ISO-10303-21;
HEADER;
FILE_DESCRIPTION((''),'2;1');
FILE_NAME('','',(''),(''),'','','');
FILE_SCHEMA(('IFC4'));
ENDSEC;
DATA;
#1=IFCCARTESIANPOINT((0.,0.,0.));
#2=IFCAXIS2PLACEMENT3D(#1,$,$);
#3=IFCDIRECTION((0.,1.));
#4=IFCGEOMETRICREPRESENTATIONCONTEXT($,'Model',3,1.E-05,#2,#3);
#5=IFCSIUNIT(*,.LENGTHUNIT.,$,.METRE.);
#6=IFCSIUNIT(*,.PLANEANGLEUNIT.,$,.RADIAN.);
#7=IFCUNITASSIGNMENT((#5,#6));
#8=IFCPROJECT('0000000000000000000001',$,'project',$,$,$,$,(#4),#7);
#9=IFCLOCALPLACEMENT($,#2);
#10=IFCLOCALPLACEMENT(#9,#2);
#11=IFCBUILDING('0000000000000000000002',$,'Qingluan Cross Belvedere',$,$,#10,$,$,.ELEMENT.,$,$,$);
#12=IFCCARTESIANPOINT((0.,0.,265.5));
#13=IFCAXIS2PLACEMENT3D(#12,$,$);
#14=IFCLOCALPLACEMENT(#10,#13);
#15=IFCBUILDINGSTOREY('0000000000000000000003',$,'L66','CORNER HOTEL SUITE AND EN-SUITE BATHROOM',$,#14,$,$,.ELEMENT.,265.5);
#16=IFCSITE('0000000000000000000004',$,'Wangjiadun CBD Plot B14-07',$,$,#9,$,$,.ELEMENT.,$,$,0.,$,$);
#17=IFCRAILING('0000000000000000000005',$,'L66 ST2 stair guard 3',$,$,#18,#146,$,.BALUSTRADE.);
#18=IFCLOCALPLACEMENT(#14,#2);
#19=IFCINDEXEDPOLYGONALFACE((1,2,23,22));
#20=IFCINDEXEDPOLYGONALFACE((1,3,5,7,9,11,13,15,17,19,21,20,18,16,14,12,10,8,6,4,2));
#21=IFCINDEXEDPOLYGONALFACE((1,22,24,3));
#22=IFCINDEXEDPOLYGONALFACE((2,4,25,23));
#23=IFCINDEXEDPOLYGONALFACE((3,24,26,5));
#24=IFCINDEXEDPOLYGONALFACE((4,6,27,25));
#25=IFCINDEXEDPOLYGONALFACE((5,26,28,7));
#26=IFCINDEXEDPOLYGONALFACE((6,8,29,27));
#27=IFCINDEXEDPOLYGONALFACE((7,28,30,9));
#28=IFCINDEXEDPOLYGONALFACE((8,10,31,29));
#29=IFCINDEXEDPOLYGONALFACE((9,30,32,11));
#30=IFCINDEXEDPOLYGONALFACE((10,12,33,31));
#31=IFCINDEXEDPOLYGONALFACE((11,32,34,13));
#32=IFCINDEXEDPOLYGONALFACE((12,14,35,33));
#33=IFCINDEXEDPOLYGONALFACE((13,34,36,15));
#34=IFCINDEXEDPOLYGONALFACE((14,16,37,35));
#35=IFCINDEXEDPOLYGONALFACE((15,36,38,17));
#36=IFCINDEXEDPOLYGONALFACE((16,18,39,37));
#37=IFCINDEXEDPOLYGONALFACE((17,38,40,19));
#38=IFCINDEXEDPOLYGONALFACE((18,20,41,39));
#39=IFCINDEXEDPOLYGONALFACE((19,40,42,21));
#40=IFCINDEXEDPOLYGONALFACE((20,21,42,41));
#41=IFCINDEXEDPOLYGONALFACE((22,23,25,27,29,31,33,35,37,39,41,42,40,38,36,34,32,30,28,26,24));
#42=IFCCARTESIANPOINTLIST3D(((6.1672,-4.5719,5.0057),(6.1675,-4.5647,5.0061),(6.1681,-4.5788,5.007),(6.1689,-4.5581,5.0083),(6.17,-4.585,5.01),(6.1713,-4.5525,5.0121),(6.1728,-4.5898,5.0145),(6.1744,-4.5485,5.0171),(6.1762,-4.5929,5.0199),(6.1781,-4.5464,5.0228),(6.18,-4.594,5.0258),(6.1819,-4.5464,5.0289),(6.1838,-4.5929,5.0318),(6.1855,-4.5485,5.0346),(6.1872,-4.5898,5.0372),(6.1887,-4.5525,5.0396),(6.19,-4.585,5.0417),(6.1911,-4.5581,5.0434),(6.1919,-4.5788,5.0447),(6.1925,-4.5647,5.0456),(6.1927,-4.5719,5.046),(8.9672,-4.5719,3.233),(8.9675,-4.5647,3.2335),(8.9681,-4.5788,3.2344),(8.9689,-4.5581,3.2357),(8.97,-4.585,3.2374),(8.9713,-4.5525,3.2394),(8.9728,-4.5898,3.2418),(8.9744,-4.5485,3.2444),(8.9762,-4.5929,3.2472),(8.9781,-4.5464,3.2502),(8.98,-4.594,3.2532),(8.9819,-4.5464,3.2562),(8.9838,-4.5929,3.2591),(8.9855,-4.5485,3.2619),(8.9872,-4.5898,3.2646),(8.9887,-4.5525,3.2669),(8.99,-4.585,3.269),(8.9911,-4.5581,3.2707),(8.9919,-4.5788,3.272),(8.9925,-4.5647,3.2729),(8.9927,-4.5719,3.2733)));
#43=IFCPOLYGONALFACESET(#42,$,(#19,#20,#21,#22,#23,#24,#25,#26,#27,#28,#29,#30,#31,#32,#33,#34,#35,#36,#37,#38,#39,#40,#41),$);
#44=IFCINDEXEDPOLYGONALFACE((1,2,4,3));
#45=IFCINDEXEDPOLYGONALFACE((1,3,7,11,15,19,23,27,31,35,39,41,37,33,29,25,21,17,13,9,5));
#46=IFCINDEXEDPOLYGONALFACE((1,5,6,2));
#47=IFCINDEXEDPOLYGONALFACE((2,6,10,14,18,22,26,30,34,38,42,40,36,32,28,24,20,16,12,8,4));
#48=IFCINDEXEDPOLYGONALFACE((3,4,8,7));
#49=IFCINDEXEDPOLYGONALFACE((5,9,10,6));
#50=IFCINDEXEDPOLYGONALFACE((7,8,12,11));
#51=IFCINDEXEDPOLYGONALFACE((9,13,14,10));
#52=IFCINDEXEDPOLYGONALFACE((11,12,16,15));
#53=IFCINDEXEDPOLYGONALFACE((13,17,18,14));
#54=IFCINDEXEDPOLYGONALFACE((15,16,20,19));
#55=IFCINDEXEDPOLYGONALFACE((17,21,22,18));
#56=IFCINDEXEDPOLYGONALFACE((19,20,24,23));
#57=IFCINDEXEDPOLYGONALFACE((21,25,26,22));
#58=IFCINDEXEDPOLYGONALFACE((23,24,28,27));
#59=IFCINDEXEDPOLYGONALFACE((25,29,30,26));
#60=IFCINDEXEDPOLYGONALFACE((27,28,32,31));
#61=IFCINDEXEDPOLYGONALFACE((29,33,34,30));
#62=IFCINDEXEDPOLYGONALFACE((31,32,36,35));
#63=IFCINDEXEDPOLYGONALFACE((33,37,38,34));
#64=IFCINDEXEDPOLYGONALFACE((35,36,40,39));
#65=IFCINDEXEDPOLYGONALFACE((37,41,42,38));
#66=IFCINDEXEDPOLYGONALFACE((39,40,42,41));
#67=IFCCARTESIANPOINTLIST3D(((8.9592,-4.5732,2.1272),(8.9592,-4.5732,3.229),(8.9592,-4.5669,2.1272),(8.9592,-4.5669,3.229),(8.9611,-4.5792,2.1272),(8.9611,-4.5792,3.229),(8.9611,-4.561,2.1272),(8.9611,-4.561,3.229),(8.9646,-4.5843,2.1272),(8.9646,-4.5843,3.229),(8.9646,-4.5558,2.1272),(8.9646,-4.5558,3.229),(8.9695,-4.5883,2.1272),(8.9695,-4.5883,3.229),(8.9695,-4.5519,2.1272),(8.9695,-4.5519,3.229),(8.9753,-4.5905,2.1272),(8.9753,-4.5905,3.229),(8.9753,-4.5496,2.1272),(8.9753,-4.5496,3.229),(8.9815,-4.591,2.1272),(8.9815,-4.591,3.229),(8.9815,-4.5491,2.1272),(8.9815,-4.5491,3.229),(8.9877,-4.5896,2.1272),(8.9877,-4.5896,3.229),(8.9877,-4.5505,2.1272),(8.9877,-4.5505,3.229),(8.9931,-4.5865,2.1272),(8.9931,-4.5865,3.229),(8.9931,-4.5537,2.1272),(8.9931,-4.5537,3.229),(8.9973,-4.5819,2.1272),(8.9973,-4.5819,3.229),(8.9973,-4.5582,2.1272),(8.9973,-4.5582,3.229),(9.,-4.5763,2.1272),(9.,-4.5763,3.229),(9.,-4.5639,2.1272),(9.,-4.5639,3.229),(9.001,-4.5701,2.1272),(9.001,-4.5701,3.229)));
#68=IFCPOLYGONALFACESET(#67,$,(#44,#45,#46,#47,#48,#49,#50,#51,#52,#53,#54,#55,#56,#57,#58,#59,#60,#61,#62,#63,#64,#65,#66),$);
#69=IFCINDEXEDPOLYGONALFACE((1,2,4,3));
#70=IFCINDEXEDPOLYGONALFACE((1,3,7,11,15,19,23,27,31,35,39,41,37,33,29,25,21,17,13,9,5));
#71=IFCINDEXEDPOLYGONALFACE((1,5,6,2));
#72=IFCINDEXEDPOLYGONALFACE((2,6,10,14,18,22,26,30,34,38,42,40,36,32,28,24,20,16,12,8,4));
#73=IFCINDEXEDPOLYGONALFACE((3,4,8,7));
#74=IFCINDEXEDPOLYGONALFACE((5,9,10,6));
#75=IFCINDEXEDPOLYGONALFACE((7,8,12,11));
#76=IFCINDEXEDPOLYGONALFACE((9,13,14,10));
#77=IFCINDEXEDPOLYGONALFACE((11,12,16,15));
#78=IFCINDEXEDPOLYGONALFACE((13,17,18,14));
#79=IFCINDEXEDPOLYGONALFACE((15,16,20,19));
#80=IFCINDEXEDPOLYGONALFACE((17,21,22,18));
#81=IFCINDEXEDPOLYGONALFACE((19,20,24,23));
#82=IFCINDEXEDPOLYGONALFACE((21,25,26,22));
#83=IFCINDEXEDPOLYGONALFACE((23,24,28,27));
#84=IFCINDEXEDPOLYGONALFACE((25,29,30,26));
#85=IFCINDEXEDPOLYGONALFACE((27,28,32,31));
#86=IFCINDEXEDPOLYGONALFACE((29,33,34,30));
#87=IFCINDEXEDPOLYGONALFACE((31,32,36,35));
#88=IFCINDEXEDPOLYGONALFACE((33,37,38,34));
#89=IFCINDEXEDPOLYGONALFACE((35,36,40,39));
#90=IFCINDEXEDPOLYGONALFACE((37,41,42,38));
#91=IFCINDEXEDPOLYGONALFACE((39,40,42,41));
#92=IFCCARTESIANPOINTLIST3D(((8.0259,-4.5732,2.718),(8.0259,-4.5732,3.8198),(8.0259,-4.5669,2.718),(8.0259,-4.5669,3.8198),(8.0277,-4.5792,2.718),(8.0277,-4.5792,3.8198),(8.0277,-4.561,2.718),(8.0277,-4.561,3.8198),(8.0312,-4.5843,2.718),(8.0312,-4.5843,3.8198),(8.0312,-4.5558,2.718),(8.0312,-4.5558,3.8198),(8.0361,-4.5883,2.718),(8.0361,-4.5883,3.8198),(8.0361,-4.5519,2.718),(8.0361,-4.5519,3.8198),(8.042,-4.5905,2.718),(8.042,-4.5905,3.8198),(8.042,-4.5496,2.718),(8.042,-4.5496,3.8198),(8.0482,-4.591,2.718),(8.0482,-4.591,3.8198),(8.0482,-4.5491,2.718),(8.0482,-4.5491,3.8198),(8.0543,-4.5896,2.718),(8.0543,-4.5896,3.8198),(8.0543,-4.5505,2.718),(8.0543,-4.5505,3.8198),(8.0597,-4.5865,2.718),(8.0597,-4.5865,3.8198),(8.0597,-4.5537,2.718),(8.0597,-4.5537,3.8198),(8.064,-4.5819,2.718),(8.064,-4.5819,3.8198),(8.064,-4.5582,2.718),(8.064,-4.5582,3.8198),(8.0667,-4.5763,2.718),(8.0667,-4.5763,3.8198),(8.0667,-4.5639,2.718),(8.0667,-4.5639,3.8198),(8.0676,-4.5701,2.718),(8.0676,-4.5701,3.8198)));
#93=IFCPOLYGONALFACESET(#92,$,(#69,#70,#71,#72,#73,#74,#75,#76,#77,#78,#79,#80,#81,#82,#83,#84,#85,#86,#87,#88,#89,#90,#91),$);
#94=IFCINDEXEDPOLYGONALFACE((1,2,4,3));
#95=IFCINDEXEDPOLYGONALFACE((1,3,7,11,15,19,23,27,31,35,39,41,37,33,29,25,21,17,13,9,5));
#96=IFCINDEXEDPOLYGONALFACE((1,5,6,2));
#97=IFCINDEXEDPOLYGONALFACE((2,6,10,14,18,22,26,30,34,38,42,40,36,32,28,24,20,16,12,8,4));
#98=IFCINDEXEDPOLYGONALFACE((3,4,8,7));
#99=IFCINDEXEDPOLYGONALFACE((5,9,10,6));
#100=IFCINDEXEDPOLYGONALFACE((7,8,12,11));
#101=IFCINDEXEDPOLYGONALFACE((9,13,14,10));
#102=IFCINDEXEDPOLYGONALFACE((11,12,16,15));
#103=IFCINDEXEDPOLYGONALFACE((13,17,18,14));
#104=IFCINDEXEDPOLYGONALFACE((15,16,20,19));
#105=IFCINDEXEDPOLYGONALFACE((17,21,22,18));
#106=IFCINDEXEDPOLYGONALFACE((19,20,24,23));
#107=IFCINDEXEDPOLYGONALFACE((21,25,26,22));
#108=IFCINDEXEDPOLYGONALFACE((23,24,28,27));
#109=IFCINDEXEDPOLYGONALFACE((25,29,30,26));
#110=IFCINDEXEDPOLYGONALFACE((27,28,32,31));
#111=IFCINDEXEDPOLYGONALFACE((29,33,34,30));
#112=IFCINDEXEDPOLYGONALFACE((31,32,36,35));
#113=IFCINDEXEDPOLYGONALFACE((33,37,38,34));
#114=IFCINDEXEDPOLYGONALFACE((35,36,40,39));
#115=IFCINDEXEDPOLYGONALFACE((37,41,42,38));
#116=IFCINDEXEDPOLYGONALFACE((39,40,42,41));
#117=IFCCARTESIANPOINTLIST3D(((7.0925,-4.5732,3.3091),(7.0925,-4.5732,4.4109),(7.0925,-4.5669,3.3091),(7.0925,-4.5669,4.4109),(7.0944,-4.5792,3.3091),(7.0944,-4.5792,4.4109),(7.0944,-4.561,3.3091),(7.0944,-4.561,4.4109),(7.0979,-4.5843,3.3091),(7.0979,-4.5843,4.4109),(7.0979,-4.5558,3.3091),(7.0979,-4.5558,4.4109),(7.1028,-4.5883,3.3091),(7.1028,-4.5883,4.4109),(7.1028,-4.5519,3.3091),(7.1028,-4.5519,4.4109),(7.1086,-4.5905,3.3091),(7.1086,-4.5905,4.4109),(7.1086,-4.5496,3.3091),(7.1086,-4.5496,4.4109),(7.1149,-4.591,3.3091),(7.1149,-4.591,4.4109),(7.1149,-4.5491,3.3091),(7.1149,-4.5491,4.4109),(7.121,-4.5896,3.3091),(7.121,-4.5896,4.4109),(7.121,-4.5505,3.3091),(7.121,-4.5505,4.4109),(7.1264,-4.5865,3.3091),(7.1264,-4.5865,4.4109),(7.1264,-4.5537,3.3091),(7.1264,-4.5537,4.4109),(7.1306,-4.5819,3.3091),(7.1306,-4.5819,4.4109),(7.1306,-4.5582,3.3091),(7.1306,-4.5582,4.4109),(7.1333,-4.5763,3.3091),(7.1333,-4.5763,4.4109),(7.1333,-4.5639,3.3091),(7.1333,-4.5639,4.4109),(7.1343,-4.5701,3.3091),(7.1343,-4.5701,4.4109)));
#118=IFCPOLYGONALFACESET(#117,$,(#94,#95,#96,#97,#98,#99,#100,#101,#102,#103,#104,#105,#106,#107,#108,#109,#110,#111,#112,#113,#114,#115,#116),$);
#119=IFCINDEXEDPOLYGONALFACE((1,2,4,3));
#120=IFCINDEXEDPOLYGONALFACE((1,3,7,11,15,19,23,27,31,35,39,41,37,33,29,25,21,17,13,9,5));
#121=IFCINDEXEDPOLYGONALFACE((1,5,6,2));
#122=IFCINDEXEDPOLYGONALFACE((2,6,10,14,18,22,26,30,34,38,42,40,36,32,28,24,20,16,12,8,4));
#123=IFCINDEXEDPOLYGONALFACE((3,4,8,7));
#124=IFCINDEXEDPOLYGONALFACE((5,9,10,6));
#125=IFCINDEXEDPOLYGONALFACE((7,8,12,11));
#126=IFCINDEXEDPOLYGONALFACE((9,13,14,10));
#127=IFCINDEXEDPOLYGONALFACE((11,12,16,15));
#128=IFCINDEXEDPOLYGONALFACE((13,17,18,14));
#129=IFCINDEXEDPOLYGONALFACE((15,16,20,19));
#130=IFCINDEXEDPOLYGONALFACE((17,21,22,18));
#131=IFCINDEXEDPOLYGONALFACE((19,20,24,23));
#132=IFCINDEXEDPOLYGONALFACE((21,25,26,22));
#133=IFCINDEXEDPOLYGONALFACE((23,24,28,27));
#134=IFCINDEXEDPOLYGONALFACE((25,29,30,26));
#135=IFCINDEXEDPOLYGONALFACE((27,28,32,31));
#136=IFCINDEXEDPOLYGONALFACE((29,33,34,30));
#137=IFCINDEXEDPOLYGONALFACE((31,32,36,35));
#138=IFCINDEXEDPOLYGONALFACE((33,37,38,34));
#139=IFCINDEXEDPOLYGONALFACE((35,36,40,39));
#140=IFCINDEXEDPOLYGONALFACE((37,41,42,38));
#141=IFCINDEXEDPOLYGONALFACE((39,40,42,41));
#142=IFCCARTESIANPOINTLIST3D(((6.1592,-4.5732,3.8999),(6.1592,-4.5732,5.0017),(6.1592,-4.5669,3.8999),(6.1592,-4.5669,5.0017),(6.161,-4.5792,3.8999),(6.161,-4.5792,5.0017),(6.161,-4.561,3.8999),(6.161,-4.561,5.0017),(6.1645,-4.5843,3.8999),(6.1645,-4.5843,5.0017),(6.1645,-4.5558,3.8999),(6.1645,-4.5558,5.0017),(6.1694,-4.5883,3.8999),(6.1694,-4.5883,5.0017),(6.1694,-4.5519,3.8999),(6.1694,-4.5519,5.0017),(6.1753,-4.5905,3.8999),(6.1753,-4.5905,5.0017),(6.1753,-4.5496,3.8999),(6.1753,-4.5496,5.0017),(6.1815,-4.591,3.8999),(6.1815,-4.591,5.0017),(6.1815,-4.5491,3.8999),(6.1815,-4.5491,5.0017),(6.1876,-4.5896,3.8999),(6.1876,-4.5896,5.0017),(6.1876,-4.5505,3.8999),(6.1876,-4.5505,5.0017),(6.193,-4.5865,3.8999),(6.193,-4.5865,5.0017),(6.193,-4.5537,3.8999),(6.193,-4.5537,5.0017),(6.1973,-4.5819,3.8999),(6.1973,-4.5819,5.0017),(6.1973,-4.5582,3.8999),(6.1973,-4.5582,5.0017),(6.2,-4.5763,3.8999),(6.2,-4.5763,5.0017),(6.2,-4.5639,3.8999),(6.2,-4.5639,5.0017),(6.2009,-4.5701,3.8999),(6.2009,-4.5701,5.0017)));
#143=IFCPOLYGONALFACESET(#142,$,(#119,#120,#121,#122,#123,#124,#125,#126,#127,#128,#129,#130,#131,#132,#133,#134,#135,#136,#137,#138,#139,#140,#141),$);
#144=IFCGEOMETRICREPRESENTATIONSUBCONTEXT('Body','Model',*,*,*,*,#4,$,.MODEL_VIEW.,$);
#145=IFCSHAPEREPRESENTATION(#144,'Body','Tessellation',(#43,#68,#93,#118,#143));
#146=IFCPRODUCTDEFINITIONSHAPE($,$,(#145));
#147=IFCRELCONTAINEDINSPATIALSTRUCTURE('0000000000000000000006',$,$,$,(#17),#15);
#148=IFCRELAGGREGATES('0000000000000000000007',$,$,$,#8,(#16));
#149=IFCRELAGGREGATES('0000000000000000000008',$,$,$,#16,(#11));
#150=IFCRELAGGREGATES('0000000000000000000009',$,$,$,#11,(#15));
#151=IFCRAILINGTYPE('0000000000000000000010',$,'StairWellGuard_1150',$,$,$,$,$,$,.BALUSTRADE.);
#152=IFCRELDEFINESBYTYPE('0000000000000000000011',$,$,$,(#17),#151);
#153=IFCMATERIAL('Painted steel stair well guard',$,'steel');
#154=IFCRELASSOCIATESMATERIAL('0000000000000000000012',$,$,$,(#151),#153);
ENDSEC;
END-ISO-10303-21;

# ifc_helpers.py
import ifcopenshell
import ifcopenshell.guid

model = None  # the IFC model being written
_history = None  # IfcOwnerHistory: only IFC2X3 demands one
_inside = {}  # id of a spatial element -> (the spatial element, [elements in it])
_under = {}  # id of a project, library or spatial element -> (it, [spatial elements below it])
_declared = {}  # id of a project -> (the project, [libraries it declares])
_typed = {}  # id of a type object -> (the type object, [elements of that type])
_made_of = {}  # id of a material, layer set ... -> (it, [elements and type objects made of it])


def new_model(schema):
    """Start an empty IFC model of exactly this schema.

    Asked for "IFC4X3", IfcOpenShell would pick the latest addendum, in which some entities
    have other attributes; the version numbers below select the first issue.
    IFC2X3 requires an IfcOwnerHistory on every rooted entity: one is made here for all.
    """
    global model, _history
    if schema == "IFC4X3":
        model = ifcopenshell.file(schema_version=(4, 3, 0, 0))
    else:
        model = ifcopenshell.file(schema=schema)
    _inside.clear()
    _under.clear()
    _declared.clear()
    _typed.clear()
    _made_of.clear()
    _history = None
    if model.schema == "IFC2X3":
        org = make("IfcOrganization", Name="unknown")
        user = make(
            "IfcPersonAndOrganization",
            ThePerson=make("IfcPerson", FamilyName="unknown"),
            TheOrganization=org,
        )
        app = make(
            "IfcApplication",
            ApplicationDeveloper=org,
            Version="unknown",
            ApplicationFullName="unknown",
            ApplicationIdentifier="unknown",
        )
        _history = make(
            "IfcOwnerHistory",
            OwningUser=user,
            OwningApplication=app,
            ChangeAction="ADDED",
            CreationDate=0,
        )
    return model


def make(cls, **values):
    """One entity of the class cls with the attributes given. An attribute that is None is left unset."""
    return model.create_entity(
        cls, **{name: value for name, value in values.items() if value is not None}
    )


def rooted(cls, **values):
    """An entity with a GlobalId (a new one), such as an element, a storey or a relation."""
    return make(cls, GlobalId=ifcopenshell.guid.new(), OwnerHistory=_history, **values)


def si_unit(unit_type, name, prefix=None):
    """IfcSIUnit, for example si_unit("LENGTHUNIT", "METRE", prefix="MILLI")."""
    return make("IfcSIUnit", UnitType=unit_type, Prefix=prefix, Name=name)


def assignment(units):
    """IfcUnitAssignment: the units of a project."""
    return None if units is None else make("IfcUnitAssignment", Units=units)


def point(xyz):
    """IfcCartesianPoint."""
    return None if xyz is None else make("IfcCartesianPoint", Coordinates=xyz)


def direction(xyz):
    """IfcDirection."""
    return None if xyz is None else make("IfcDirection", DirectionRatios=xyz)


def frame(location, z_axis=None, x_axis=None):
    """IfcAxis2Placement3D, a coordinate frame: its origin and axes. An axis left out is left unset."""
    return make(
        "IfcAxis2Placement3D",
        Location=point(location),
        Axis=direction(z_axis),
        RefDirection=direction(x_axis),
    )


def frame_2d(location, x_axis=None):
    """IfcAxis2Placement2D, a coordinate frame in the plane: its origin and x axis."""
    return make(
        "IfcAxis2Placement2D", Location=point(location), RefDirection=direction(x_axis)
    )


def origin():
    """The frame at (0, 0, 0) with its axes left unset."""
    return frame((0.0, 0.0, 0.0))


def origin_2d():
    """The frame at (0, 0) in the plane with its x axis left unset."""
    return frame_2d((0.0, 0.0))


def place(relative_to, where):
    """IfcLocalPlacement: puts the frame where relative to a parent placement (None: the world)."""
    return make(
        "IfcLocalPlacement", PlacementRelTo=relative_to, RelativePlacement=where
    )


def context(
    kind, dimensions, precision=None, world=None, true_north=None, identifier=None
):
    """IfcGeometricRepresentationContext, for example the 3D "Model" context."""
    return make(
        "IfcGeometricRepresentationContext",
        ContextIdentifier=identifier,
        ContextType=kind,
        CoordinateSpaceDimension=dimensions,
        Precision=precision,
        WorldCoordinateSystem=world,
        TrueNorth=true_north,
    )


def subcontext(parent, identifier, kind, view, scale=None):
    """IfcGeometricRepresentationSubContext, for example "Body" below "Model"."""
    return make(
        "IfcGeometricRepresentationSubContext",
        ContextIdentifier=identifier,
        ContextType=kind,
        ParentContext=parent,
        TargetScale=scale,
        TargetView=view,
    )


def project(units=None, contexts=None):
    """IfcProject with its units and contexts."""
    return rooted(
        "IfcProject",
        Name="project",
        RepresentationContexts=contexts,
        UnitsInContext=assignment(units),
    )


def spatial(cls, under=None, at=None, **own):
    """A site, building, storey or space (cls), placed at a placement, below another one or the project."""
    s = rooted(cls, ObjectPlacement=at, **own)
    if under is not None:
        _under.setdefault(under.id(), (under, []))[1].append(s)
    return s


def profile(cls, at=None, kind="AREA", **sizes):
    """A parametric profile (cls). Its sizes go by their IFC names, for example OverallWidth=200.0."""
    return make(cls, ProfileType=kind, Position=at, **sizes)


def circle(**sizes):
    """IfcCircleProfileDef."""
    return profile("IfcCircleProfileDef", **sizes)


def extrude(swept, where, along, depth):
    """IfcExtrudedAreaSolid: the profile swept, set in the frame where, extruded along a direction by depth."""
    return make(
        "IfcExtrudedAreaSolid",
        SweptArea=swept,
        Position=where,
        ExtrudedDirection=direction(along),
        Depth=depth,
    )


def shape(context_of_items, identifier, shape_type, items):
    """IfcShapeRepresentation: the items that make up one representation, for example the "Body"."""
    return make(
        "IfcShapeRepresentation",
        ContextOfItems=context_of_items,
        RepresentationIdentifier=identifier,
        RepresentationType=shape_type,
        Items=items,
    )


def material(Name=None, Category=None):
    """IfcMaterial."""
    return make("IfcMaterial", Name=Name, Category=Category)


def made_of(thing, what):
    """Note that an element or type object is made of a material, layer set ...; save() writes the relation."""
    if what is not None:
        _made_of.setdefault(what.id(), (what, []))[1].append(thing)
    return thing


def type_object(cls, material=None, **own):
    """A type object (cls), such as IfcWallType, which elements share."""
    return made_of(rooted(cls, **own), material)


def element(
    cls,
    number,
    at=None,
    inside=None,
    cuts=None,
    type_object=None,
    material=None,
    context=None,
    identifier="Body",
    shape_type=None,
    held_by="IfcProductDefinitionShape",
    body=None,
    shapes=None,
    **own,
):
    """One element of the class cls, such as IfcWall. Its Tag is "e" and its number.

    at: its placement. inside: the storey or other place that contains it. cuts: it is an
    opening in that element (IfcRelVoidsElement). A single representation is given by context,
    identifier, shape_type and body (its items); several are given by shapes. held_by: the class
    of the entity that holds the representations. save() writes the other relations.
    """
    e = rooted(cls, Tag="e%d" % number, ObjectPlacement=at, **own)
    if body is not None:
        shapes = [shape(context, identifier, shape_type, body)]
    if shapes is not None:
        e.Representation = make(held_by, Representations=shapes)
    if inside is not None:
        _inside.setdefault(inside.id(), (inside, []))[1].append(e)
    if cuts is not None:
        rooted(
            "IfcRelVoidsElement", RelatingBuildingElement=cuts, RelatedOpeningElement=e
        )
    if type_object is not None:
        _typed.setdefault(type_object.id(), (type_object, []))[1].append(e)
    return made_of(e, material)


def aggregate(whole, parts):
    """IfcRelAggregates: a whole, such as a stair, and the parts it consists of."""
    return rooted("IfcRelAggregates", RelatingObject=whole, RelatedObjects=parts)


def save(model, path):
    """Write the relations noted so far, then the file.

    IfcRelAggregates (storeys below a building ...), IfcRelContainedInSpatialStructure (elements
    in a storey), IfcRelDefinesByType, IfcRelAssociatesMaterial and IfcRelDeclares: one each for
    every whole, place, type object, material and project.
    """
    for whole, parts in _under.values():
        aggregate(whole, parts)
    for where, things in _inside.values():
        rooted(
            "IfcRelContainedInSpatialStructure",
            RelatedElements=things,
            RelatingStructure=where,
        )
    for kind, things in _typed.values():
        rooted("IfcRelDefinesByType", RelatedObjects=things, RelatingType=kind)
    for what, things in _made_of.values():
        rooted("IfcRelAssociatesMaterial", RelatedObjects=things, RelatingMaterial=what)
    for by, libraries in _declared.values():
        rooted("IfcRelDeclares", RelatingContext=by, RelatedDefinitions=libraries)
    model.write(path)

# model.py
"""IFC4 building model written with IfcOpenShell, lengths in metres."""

from ifc_helpers import new_model, si_unit, direction, frame, origin, origin_2d, place, context, subcontext, project, spatial, circle, extrude, material, type_object, element, save


model = new_model("IFC4")

# Units and contexts
model_context = context("Model", 3, precision=1e-05, world=origin(), true_north=direction((0.0, 1.0)))
body_context = subcontext(model_context, "Body", "Model", "MODEL_VIEW")
ifc_project = project(units=[si_unit("LENGTHUNIT", "METRE"), si_unit("PLANEANGLEUNIT", "RADIAN")], contexts=[model_context])

# Site, building, storey
site_placement = place(None, origin())
site = spatial("IfcSite", under=ifc_project, at=site_placement, Name="Wangjiadun CBD Plot B14-07", CompositionType="ELEMENT", RefElevation=0.0)
building_placement = place(site_placement, origin())
building = spatial("IfcBuilding", under=site, at=building_placement, Name="Qingluan Cross Belvedere", CompositionType="ELEMENT")
storey_placement = place(building_placement, frame((0.0, 0.0, 265.5)))
storey = spatial("IfcBuildingStorey", under=building, at=storey_placement, Name="L66", Description="CORNER HOTEL SUITE AND EN-SUITE BATHROOM", CompositionType="ELEMENT", Elevation=265.5)

# Railing
ifc_material_1 = material(Name="Painted steel stair well guard", Category="steel")
railing_type_1 = type_object("IfcRailingType", Name="StairWellGuard_1150", PredefinedType="BALUSTRADE", material=ifc_material_1)
railing_1_placement = place(storey_placement, frame((8.98, -4.5701, 2.1272)))
element("IfcRailing", 1, at=railing_1_placement, inside=storey, type_object=railing_type_1, Name="L66 ST2 stair guard 3", PredefinedType="BALUSTRADE", context=body_context, shape_type="SweptSolid", body=[
    extrude(circle(Radius=0.0239, at=origin_2d()), frame((0.0, 0.0, 1.126), z_axis=(-0.844909, 0.0, 0.53491), x_axis=(0.0, -1.0, 0.0)), (0.0, 0.0, 1.0), 3.314),
    extrude(circle(Radius=0.021, at=origin_2d()), origin(), (0.0, 0.0, 1.0), 1.1018),
    extrude(circle(Radius=0.021, at=origin_2d()), frame((-0.9333, 0.0, 0.5908)), (0.0, 0.0, 1.0), 1.1018),
    extrude(circle(Radius=0.021, at=origin_2d()), frame((-1.8667, 0.0, 1.1819)), (0.0, 0.0, 1.0), 1.1018),
    extrude(circle(Radius=0.021, at=origin_2d()), frame((-2.8, 0.0, 1.7727)), (0.0, 0.0, 1.0), 1.1018),
])

save(model, "model.ifc")
